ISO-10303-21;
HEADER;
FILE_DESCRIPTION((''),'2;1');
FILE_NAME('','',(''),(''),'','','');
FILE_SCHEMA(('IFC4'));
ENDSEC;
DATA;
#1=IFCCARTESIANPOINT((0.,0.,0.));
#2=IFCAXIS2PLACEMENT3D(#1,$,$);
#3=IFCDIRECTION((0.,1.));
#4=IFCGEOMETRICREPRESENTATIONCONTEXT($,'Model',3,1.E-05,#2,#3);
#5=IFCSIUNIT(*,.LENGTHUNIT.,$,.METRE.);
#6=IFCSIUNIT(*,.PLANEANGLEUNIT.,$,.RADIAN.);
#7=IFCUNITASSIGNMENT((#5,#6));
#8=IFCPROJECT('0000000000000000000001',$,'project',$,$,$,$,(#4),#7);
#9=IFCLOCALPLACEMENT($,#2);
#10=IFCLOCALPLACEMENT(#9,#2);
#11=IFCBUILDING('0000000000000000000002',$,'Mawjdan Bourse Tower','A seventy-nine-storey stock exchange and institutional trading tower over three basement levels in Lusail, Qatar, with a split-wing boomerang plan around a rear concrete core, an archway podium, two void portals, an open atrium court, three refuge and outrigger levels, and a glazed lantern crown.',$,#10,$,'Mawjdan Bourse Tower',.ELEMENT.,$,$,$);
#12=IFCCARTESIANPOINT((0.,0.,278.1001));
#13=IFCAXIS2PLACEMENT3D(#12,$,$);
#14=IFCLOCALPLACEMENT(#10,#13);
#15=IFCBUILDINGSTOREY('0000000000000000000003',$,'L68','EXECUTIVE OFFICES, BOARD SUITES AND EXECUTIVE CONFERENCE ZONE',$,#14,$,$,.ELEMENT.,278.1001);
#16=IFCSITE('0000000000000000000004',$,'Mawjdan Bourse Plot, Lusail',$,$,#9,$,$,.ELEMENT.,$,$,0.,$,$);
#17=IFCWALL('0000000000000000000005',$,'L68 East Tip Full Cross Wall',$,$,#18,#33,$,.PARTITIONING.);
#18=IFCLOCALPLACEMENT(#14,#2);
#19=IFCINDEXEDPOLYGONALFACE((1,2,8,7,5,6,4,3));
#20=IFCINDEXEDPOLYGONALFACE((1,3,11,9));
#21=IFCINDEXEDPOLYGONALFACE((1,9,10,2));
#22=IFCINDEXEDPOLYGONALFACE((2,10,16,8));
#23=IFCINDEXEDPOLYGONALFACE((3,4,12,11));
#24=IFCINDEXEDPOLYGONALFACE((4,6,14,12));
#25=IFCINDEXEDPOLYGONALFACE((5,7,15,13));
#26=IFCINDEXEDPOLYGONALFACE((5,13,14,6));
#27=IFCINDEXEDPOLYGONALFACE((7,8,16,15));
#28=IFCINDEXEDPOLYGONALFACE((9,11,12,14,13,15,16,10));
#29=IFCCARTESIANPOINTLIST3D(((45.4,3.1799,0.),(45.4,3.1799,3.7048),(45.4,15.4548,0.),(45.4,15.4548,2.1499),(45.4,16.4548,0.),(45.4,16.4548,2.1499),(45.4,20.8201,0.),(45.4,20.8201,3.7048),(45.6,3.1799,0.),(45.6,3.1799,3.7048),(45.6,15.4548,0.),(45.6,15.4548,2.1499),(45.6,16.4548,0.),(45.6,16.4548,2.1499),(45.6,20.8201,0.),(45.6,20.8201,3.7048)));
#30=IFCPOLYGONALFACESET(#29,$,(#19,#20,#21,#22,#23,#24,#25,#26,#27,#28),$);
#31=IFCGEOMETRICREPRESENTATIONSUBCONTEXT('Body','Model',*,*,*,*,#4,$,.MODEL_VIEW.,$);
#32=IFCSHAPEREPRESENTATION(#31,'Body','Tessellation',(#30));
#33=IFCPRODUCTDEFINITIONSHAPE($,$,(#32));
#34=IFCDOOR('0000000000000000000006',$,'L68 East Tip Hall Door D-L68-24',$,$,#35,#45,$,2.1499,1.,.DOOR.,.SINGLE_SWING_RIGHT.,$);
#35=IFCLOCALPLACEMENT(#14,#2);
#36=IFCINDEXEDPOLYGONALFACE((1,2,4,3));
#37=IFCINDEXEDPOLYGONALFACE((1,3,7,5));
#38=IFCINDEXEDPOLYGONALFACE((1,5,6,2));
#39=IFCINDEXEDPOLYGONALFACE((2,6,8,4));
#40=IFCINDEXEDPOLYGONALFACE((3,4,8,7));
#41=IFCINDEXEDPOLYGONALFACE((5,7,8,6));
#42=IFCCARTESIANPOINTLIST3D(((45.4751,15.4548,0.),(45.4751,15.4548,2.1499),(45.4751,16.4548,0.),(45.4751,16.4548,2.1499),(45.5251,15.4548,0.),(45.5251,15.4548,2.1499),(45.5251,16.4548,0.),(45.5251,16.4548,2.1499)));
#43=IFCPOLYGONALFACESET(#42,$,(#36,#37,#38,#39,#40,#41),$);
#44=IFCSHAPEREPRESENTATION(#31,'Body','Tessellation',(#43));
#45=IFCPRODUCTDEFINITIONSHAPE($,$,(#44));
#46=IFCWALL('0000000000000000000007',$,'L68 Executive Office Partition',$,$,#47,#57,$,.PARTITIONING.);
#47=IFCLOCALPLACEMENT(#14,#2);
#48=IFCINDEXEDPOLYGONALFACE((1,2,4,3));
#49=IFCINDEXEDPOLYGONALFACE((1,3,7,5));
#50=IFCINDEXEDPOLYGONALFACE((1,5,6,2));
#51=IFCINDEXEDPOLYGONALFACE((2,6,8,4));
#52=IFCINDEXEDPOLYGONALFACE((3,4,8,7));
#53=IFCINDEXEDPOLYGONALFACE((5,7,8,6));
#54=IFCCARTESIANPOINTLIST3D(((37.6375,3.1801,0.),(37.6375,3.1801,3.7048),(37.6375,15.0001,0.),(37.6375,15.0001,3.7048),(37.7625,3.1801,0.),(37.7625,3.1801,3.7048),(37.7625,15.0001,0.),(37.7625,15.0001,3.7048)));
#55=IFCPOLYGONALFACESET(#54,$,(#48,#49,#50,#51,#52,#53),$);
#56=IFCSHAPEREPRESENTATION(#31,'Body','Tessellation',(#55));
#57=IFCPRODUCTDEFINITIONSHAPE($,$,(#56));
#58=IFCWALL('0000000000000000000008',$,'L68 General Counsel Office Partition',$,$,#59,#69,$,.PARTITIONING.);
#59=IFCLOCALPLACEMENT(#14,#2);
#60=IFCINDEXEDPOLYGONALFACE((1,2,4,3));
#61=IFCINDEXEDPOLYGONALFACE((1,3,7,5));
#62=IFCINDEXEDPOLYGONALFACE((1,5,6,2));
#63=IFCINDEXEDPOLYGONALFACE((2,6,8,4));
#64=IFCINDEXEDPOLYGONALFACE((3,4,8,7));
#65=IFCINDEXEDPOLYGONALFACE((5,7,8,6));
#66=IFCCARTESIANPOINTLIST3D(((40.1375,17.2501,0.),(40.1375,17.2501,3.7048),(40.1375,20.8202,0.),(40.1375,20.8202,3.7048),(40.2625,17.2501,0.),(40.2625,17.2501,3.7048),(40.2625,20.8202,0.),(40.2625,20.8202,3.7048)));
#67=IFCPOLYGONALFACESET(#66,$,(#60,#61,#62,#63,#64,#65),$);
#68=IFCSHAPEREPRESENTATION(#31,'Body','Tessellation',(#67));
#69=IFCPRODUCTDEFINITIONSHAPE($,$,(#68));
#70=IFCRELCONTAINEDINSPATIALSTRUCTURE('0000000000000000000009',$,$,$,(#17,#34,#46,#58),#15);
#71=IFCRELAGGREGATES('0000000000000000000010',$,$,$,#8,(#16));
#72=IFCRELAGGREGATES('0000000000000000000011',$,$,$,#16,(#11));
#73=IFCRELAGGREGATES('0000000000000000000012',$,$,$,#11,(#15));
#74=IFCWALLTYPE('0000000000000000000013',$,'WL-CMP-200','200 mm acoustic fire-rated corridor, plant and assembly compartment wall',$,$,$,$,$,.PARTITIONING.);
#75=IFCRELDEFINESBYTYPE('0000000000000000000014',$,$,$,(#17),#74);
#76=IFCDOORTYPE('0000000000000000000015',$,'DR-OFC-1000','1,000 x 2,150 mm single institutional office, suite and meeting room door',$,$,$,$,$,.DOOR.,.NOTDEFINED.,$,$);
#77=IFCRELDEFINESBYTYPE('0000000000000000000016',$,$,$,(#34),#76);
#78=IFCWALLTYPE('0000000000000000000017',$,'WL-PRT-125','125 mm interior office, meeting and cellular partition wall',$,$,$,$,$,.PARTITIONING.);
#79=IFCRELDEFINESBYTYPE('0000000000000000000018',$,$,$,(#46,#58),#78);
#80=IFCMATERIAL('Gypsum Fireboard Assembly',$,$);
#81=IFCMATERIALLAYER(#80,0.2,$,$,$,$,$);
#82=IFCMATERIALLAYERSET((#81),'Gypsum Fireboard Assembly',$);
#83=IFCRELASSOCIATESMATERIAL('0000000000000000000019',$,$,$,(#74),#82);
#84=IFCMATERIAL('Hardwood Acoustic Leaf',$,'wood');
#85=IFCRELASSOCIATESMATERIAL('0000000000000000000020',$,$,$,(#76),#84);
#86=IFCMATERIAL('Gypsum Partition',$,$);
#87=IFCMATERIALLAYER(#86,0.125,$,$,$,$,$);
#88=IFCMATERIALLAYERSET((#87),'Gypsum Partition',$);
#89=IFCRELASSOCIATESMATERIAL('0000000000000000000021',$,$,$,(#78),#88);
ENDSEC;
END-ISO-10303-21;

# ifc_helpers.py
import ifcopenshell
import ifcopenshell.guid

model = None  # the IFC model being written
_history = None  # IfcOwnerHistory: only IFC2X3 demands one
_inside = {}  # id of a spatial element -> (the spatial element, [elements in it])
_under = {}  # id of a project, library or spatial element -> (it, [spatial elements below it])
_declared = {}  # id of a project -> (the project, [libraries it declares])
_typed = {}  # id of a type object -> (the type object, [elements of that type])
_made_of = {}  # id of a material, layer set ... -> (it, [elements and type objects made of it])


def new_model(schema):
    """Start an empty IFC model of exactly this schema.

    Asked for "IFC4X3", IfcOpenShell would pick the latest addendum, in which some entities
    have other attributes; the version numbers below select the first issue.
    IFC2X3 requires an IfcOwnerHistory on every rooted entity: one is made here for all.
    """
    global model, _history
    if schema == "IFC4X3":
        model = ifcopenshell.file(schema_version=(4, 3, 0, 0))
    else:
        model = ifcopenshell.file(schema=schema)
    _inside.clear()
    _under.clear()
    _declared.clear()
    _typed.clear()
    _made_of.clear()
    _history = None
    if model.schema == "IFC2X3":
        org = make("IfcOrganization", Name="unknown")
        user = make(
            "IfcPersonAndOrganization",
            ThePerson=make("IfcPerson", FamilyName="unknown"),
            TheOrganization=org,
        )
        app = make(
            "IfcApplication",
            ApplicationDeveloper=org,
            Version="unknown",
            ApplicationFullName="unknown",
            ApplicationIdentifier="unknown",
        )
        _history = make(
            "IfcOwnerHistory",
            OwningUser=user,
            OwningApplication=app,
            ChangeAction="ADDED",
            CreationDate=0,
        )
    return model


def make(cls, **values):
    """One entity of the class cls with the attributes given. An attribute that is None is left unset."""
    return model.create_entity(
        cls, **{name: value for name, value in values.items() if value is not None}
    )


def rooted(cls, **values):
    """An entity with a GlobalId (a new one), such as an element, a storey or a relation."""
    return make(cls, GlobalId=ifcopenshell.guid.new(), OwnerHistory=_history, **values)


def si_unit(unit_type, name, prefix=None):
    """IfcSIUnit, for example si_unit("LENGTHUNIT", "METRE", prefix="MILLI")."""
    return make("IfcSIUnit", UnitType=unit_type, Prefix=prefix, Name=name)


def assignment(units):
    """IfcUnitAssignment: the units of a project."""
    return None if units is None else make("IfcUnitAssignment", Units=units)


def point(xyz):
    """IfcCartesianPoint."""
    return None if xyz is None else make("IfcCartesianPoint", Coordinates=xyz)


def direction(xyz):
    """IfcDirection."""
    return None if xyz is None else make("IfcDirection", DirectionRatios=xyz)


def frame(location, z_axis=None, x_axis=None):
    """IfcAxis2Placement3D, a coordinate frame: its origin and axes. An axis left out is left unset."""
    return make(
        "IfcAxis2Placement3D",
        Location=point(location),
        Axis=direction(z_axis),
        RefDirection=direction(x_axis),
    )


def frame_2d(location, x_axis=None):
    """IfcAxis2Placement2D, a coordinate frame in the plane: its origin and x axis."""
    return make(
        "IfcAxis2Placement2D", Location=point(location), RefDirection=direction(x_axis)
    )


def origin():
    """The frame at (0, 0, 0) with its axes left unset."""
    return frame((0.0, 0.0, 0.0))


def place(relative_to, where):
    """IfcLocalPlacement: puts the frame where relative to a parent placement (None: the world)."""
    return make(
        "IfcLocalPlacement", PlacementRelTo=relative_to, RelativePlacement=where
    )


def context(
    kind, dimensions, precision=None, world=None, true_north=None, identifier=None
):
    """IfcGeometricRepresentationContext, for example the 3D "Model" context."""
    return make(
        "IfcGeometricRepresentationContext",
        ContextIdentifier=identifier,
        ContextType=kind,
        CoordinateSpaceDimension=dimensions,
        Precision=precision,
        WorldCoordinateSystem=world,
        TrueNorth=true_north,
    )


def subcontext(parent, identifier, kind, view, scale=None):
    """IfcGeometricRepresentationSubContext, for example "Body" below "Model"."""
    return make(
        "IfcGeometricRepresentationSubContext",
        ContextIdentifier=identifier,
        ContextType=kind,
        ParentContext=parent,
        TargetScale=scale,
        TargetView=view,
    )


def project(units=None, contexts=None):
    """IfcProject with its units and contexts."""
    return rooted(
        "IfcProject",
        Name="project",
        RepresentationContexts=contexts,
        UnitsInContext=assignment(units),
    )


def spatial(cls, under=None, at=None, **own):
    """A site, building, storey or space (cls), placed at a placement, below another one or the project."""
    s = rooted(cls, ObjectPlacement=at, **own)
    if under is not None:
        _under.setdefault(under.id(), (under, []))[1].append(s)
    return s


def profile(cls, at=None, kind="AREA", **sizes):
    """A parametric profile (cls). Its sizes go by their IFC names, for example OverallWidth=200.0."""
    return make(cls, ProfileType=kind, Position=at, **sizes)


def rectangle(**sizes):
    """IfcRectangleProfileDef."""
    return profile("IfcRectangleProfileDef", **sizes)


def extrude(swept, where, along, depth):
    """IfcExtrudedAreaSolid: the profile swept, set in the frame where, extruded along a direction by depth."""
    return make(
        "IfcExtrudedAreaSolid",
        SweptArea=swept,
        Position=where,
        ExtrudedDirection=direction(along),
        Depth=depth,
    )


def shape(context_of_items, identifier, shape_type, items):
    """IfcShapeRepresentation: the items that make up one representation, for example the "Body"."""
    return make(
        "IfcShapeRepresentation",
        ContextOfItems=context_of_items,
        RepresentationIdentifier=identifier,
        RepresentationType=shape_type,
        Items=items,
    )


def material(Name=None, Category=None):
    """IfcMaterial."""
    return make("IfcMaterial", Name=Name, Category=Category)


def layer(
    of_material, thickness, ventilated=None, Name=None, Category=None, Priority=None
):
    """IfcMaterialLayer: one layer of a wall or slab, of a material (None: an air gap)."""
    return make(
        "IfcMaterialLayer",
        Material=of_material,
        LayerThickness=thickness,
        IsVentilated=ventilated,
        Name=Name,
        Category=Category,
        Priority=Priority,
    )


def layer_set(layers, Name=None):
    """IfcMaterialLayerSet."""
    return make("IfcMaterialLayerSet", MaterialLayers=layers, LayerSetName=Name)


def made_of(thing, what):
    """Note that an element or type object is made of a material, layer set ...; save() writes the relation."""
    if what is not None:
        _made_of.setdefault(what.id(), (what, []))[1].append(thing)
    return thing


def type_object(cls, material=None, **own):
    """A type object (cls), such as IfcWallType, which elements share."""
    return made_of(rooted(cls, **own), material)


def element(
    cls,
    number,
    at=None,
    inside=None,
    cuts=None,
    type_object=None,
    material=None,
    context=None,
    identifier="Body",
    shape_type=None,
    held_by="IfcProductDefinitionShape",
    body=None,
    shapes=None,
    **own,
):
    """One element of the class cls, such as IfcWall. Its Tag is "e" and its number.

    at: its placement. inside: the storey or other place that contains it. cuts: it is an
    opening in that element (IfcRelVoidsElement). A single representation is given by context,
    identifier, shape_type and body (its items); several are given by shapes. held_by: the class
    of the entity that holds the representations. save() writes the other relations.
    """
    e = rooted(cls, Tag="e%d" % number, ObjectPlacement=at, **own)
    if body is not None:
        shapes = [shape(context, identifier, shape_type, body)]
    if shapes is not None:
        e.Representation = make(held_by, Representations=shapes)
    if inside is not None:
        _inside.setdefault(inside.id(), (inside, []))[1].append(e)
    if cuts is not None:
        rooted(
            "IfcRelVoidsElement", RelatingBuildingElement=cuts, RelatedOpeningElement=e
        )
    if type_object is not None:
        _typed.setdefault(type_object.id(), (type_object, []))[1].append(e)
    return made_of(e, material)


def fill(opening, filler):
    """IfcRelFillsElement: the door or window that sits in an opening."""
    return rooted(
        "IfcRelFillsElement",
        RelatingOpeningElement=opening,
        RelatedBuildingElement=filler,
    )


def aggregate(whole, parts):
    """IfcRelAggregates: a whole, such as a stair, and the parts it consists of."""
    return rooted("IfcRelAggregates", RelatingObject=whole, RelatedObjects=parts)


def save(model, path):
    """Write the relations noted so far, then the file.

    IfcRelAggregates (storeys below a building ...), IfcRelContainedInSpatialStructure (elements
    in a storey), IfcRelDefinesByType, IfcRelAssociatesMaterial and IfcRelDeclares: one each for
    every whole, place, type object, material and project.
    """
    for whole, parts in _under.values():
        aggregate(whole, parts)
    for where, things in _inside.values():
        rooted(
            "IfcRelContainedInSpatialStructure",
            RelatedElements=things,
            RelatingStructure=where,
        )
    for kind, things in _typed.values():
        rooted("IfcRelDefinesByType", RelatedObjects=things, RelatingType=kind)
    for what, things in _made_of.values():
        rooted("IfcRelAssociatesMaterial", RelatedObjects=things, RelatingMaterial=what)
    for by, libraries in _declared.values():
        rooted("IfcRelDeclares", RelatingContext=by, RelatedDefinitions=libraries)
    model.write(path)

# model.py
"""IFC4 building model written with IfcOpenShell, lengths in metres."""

from ifc_helpers import new_model, si_unit, direction, frame, frame_2d, origin, place, context, subcontext, project, spatial, rectangle, extrude, material, layer, layer_set, type_object, element, fill, save


model = new_model("IFC4")

# Units and contexts
model_context = context("Model", 3, precision=1e-05, world=origin(), true_north=direction((0.0, 1.0)))
body_context = subcontext(model_context, "Body", "Model", "MODEL_VIEW")
ifc_project = project(units=[si_unit("LENGTHUNIT", "METRE"), si_unit("PLANEANGLEUNIT", "RADIAN")], contexts=[model_context])

# Site, building, storey
site_placement = place(None, origin())
site = spatial("IfcSite", under=ifc_project, at=site_placement, Name="Mawjdan Bourse Plot, Lusail", CompositionType="ELEMENT", RefElevation=0.0)
building_placement = place(site_placement, origin())
building = spatial("IfcBuilding", under=site, at=building_placement, Name="Mawjdan Bourse Tower", Description="A seventy-nine-storey stock exchange and institutional trading tower over three basement levels in Lusail, Qatar, with a split-wing boomerang plan around a rear concrete core, an archway podium, two void portals, an open atrium court, three refuge and outrigger levels, and a glazed lantern crown.", LongName="Mawjdan Bourse Tower", CompositionType="ELEMENT")
storey_placement = place(building_placement, frame((0.0, 0.0, 278.1001)))
storey = spatial("IfcBuildingStorey", under=building, at=storey_placement, Name="L68", Description="EXECUTIVE OFFICES, BOARD SUITES AND EXECUTIVE CONFERENCE ZONE", CompositionType="ELEMENT", Elevation=278.1001)

# Wall, opening, door
ifc_material_1 = material(Name="Gypsum Fireboard Assembly")
ifc_layer_1 = layer(ifc_material_1, 0.2)
ifc_layer_set_1 = layer_set([ifc_layer_1], Name="Gypsum Fireboard Assembly")
wall_type_1 = type_object("IfcWallType", Name="WL-CMP-200", Description="200 mm acoustic fire-rated corridor, plant and assembly compartment wall", PredefinedType="PARTITIONING", material=ifc_layer_set_1)
ifc_material_2 = material(Name="Hardwood Acoustic Leaf", Category="wood")
door_type = type_object("IfcDoorType", Name="DR-OFC-1000", Description="1,000 x 2,150 mm single institutional office, suite and meeting room door", OperationType="NOTDEFINED", PredefinedType="DOOR", material=ifc_material_2)
wall_1_placement = place(storey_placement, frame((45.5, 3.1799, 0.0), z_axis=(0.0, 0.0, 1.0), x_axis=(0.0, 1.0, 0.0)))
wall_1 = element("IfcWall", 1, at=wall_1_placement, inside=storey, type_object=wall_type_1, Name="L68 East Tip Full Cross Wall", PredefinedType="PARTITIONING", context=body_context, shape_type="SweptSolid", body=[
    extrude(rectangle(XDim=17.6401, YDim=0.2, at=frame_2d((8.8201, 0.0))), origin(), (0.0, 0.0, 1.0), 3.7048),
])
opening_1_placement = place(wall_1_placement, frame((12.2749, 0.0, 0.0)))
opening_1 = element("IfcOpeningElement", 2, at=opening_1_placement, cuts=wall_1, PredefinedType="OPENING", context=body_context, shape_type="SweptSolid", body=[
    extrude(rectangle(XDim=1.0, YDim=2.1499, at=frame_2d((0.5, 1.075))), frame((0.0, 0.1099, 0.0), z_axis=(0.0, -1.0, 0.0), x_axis=(1.0, 0.0, 0.0)), (0.0, 0.0, 1.0), 0.22),
])
door_1_placement = place(opening_1_placement, origin())
door_1 = element("IfcDoor", 3, at=door_1_placement, inside=storey, type_object=door_type, Name="L68 East Tip Hall Door D-L68-24", OperationType="SINGLE_SWING_RIGHT", OverallHeight=2.1499, OverallWidth=1.0, PredefinedType="DOOR", context=body_context, shape_type="SweptSolid", body=[
    extrude(rectangle(XDim=1.0, YDim=2.1499, at=frame_2d((0.5, 1.075))), frame((0.0, 0.0249, 0.0), z_axis=(0.0, -1.0, 0.0), x_axis=(1.0, 0.0, 0.0)), (0.0, 0.0, 1.0), 0.05),
])
fill(opening_1, door_1)

# Walls
ifc_material_3 = material(Name="Gypsum Partition")
ifc_layer_2 = layer(ifc_material_3, 0.125)
ifc_layer_set_2 = layer_set([ifc_layer_2], Name="Gypsum Partition")
wall_type_2 = type_object("IfcWallType", Name="WL-PRT-125", Description="125 mm interior office, meeting and cellular partition wall", PredefinedType="PARTITIONING", material=ifc_layer_set_2)
wall_2_placement = place(storey_placement, frame((37.7, 3.1799, 0.0), z_axis=(0.0, 0.0, 1.0), x_axis=(0.0, 1.0, 0.0)))
element("IfcWall", 4, at=wall_2_placement, inside=storey, type_object=wall_type_2, Name="L68 Executive Office Partition", PredefinedType="PARTITIONING", context=body_context, shape_type="SweptSolid", body=[
    extrude(rectangle(XDim=11.8201, YDim=0.125, at=frame_2d((5.9102, 0.0))), origin(), (0.0, 0.0, 1.0), 3.7048),
])
wall_3_placement = place(storey_placement, frame((40.2, 17.25, 0.0), z_axis=(0.0, 0.0, 1.0), x_axis=(0.0, 1.0, 0.0)))
element("IfcWall", 5, at=wall_3_placement, inside=storey, type_object=wall_type_2, Name="L68 General Counsel Office Partition", PredefinedType="PARTITIONING", context=body_context, shape_type="SweptSolid", body=[
    extrude(rectangle(XDim=3.5701, YDim=0.125, at=frame_2d((1.7852, 0.0))), origin(), (0.0, 0.0, 1.0), 3.7048),
])

save(model, "model.ifc")
